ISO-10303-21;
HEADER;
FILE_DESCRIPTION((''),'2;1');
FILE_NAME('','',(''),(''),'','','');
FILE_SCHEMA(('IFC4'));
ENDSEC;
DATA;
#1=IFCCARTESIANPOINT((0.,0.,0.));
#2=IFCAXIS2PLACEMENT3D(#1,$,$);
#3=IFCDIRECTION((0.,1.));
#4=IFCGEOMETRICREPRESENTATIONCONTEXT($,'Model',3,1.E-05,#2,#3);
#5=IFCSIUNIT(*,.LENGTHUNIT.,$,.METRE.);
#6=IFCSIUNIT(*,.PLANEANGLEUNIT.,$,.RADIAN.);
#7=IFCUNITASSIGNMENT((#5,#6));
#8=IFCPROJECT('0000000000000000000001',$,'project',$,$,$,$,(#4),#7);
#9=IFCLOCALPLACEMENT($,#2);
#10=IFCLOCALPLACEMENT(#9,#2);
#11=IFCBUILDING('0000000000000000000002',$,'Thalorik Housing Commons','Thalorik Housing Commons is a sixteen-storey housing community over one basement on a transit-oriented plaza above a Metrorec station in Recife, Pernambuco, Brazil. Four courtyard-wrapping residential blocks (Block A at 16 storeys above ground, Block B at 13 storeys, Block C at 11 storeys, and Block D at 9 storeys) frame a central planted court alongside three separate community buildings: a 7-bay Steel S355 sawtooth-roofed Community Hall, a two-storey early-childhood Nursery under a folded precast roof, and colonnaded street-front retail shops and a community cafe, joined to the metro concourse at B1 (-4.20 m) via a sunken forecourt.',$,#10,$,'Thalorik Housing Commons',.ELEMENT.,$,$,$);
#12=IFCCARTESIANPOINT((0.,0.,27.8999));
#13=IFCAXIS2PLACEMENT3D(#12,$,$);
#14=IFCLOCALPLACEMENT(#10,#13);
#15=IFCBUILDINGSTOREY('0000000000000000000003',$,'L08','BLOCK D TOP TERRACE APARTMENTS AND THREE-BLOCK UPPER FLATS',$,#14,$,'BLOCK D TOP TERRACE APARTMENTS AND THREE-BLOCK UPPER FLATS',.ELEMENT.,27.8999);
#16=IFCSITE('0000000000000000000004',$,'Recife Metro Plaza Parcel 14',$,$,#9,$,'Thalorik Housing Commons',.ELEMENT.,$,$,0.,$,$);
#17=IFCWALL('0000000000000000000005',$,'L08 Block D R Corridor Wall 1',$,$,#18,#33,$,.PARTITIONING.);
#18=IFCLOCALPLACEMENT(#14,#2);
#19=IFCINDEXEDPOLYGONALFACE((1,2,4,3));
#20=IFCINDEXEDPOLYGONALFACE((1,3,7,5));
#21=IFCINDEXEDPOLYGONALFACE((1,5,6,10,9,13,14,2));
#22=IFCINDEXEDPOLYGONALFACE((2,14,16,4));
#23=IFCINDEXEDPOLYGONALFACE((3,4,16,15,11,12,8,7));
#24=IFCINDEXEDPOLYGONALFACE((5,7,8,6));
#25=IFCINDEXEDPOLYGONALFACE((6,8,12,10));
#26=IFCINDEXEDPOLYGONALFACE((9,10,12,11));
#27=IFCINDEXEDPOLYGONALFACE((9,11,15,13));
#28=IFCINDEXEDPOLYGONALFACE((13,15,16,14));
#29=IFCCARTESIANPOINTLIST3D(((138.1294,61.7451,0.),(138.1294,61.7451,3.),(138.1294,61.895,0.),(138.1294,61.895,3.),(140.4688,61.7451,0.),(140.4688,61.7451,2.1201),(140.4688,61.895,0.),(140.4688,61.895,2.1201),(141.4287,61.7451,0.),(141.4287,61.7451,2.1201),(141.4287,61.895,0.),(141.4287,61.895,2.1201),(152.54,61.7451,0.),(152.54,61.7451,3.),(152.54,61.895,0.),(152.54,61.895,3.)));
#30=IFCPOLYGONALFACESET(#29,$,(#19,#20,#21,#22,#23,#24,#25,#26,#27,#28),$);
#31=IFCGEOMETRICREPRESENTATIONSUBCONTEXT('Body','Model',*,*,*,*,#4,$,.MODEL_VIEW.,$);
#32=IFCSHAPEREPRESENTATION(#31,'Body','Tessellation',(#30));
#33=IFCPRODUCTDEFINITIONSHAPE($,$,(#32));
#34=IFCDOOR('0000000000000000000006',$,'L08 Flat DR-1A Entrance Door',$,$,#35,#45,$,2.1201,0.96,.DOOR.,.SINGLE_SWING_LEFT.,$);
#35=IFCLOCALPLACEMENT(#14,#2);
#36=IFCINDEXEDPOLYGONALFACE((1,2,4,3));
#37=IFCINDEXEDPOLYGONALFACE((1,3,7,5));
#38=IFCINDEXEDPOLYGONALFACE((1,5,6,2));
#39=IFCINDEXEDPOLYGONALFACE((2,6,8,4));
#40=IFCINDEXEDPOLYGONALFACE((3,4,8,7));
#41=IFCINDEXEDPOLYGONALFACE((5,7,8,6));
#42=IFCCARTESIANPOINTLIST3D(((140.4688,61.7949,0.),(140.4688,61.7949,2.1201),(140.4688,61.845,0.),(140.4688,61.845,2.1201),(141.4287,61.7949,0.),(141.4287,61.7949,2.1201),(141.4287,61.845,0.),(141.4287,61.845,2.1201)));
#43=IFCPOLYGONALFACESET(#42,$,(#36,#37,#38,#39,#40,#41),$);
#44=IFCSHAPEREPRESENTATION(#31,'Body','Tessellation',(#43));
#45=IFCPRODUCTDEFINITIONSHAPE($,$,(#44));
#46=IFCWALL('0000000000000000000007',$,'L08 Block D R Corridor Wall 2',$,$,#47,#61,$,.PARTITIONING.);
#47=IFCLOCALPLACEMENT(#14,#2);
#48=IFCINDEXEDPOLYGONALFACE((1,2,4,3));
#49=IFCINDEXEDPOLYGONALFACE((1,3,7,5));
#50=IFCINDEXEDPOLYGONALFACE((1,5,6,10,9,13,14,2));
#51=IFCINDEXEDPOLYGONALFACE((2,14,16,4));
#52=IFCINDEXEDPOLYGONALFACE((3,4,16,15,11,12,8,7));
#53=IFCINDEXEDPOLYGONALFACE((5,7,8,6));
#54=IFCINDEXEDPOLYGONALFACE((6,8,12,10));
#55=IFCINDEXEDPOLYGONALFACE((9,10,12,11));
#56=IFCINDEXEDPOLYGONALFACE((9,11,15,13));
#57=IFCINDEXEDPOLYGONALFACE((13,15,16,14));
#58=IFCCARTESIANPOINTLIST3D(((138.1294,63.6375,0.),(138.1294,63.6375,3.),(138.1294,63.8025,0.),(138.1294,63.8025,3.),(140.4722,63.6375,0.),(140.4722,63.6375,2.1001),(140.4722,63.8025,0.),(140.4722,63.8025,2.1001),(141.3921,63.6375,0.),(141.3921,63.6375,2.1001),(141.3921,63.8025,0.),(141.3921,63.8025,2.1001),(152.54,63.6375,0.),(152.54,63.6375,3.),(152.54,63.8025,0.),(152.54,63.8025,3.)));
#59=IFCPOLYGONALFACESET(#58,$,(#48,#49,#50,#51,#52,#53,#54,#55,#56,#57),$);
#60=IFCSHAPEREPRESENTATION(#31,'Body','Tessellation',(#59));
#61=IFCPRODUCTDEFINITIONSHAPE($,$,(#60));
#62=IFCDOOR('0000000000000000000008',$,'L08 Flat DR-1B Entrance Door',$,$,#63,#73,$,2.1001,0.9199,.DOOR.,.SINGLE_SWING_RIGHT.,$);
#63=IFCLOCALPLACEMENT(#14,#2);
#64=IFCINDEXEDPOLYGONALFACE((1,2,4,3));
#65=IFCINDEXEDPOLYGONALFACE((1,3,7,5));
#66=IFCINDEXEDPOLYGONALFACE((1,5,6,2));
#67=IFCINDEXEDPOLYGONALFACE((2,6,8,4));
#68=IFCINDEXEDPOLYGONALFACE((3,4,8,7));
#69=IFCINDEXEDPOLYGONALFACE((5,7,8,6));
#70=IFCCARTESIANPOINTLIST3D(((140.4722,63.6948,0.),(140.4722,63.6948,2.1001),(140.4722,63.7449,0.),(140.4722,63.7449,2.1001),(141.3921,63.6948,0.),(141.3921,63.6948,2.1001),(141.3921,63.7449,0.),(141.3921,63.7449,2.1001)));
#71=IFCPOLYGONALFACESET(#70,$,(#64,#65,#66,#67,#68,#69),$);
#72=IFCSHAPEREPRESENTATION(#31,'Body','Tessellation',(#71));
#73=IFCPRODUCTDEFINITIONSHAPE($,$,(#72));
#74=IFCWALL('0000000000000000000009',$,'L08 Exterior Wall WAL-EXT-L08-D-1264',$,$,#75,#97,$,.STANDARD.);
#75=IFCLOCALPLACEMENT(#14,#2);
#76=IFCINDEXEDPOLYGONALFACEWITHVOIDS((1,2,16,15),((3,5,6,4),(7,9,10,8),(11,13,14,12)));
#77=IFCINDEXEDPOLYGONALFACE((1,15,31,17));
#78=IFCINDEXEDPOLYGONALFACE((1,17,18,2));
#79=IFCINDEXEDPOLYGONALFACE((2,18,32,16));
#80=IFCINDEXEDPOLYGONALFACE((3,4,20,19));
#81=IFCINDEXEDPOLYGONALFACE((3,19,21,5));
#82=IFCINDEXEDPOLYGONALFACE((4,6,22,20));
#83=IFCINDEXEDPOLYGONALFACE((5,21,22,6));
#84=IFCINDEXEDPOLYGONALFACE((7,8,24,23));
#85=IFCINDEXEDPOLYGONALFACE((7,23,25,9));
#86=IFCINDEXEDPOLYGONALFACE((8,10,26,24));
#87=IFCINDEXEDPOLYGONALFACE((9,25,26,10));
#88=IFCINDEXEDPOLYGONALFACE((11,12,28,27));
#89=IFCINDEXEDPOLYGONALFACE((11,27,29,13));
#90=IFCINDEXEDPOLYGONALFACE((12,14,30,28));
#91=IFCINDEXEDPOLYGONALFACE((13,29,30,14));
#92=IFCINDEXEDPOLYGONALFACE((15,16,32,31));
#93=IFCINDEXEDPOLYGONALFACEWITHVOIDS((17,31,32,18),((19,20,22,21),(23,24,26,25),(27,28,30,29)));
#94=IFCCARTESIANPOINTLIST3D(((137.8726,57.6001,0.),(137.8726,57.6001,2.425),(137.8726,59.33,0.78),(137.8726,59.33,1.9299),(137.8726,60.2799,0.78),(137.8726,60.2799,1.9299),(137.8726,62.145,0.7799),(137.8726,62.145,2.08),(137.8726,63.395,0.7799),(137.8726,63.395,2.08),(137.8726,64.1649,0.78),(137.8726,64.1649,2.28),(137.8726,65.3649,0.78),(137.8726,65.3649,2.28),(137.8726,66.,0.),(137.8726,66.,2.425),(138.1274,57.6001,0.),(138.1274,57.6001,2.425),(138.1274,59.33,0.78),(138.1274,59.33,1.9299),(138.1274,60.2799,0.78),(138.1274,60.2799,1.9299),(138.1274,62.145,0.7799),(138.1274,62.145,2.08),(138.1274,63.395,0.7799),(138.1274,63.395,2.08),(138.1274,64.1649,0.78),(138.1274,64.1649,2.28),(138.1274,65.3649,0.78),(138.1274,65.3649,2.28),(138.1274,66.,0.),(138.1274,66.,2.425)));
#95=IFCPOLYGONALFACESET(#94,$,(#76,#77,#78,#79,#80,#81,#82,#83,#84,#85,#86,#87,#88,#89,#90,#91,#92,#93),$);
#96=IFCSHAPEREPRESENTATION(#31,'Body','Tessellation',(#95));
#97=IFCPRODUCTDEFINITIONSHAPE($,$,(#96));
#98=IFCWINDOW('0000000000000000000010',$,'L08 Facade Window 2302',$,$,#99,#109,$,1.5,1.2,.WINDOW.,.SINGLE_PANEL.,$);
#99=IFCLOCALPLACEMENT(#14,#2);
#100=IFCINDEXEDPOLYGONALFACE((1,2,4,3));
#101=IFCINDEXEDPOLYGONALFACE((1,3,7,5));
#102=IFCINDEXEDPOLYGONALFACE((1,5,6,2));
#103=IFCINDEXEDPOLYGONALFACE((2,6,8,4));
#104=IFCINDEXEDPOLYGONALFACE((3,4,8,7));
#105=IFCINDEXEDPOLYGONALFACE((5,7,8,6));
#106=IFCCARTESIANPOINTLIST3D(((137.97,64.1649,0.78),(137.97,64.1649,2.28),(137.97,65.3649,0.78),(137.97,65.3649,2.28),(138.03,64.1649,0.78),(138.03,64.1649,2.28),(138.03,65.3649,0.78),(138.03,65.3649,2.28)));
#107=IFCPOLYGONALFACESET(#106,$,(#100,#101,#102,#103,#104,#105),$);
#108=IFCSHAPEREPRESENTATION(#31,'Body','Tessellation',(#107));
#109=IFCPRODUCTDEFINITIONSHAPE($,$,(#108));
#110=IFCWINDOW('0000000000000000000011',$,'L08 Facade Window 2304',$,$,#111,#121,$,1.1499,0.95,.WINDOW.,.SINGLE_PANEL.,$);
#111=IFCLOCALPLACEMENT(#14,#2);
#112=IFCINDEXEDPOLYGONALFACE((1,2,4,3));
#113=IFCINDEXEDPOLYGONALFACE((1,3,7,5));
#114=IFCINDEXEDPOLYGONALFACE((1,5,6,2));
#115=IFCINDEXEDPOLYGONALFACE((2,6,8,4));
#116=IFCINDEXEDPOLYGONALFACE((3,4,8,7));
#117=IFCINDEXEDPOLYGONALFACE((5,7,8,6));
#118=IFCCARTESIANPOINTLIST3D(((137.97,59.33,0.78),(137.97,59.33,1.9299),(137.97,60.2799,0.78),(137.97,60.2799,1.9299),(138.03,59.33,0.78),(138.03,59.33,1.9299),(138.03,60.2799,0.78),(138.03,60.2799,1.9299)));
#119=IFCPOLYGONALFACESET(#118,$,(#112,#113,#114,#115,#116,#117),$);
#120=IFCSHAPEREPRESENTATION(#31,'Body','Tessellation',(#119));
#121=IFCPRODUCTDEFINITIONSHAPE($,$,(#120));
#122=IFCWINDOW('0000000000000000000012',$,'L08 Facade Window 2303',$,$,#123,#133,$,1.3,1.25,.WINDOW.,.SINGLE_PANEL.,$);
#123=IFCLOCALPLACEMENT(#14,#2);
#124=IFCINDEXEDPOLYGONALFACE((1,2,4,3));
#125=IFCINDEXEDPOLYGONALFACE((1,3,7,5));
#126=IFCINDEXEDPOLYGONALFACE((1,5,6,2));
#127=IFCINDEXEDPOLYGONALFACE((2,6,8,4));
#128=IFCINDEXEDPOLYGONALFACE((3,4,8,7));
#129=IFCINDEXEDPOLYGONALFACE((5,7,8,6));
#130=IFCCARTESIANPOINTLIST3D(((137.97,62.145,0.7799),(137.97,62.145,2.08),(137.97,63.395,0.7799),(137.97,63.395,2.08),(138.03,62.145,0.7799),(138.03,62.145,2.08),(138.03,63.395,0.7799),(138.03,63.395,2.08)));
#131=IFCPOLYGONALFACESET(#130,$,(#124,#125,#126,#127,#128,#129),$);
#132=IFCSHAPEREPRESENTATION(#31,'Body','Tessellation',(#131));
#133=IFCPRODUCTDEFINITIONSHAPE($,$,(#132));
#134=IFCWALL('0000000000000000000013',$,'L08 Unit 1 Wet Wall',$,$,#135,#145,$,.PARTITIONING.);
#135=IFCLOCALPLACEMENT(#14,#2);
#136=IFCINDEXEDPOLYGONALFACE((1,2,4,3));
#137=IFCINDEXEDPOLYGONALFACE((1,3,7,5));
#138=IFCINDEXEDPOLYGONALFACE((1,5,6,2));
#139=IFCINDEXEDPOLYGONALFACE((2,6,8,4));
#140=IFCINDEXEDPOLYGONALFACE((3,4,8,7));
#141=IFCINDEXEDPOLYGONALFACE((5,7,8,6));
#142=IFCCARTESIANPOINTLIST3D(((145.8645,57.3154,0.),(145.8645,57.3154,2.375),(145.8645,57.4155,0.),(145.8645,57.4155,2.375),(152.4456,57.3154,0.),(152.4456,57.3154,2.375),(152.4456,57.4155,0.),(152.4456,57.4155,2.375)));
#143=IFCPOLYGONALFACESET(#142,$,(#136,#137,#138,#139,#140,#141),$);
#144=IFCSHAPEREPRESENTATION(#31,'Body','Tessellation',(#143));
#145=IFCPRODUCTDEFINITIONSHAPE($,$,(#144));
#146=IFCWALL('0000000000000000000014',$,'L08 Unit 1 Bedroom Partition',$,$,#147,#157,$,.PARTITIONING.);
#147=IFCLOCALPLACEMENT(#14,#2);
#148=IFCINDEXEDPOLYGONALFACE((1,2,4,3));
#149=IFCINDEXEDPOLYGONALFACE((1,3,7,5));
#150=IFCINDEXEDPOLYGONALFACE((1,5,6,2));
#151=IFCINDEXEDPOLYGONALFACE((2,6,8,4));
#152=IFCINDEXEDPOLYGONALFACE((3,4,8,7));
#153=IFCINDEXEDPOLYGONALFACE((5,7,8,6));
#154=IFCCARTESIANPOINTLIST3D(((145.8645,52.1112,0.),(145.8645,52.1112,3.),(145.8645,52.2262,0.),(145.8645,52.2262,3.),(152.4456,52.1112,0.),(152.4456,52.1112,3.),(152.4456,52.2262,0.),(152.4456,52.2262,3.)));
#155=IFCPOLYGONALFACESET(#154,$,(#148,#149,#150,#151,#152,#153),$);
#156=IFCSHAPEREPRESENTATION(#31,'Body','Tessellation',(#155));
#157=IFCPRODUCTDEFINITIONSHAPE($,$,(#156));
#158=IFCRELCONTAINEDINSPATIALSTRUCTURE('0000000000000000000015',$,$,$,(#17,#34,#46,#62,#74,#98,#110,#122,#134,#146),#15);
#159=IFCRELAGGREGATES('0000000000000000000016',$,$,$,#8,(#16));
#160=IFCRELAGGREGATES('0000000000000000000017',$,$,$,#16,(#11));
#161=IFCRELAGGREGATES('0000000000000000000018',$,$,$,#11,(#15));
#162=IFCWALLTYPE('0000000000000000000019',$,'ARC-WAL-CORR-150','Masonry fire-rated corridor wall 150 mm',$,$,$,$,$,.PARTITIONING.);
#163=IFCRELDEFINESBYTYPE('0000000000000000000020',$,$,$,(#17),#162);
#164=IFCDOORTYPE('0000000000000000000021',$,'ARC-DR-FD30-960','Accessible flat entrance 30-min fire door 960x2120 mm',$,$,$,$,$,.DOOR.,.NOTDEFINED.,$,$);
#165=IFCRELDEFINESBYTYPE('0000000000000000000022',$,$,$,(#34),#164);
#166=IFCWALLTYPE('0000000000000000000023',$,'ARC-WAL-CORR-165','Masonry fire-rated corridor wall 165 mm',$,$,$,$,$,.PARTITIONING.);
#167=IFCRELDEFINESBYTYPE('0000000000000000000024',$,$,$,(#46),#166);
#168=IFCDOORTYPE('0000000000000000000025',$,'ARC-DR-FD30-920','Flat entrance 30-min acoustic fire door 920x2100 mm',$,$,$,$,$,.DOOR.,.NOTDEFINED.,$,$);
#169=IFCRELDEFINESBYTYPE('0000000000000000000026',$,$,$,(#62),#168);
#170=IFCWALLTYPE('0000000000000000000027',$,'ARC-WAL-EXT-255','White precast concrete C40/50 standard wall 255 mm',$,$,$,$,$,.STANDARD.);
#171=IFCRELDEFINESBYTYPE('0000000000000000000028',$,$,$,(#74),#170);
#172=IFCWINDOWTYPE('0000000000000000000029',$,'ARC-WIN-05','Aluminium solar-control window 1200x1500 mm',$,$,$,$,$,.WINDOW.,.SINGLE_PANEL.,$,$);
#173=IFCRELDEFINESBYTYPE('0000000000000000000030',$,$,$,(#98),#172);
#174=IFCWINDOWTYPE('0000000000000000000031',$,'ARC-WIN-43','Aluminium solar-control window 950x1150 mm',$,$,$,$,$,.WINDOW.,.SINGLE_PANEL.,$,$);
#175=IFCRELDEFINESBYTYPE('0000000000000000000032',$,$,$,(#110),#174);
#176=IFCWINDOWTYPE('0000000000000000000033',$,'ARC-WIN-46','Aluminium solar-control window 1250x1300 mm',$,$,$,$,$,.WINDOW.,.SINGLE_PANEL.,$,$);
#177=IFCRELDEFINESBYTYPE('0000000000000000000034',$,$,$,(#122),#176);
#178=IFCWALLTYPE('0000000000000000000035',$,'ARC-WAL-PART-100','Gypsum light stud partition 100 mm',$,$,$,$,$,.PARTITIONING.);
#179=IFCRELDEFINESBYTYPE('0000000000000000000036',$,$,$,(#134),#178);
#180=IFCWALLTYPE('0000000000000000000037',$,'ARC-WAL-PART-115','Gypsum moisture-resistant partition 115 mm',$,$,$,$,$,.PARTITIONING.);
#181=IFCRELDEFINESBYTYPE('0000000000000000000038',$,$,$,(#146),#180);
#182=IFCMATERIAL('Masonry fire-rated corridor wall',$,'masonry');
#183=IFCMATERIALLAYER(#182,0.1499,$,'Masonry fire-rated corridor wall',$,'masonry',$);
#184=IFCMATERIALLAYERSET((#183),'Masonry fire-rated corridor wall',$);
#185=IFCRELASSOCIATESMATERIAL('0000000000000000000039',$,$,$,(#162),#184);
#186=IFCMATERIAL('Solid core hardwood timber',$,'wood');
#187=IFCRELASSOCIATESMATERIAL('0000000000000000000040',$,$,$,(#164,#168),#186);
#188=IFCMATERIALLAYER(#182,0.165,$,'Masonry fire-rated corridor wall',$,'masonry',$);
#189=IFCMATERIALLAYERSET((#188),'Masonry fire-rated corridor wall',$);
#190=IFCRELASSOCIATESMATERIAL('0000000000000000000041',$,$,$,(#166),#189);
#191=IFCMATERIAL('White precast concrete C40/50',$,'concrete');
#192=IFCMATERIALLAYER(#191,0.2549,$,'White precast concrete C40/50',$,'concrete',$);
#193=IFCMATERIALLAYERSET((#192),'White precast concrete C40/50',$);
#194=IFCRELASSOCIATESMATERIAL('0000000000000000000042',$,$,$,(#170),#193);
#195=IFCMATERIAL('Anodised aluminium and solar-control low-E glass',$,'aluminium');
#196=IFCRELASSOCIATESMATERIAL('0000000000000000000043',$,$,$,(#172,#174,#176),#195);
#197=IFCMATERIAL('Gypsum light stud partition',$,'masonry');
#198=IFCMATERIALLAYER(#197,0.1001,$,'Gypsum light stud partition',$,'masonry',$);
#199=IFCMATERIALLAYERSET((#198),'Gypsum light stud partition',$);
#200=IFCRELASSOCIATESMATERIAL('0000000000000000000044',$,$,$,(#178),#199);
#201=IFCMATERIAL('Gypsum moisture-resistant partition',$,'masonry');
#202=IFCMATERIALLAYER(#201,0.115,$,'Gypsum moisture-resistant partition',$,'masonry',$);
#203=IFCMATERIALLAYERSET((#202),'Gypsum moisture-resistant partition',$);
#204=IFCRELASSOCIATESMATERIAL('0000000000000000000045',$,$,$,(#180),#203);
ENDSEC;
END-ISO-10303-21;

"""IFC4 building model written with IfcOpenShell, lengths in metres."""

from ifc_helpers import new_model, si_unit, direction, frame, frame_2d, origin, place, context, subcontext, project, spatial, rectangle, extrude, material, layer, layer_set, type_object, element, fill, save


model = new_model("IFC4")

# Units and contexts
model_context = context("Model", 3, precision=1e-05, world=origin(), true_north=direction((0.0, 1.0)))
body_context = subcontext(model_context, "Body", "Model", "MODEL_VIEW")
ifc_project = project(units=[si_unit("LENGTHUNIT", "METRE"), si_unit("PLANEANGLEUNIT", "RADIAN")], contexts=[model_context])

# Site, building, storey
site_placement = place(None, origin())
site = spatial("IfcSite", under=ifc_project, at=site_placement, Name="Recife Metro Plaza Parcel 14", LongName="Thalorik Housing Commons", CompositionType="ELEMENT", RefElevation=0.0)
building_placement = place(site_placement, origin())
building = spatial("IfcBuilding", under=site, at=building_placement, Name="Thalorik Housing Commons", Description="Thalorik Housing Commons is a sixteen-storey housing community over one basement on a transit-oriented plaza above a Metrorec station in Recife, Pernambuco, Brazil. Four courtyard-wrapping residential blocks (Block A at 16 storeys above ground, Block B at 13 storeys, Block C at 11 storeys, and Block D at 9 storeys) frame a central planted court alongside three separate community buildings: a 7-bay Steel S355 sawtooth-roofed Community Hall, a two-storey early-childhood Nursery under a folded precast roof, and colonnaded street-front retail shops and a community cafe, joined to the metro concourse at B1 (-4.20 m) via a sunken forecourt.", LongName="Thalorik Housing Commons", CompositionType="ELEMENT")
storey_placement = place(building_placement, frame((0.0, 0.0, 27.8999)))
storey = spatial("IfcBuildingStorey", under=building, at=storey_placement, Name="L08", Description="BLOCK D TOP TERRACE APARTMENTS AND THREE-BLOCK UPPER FLATS", LongName="BLOCK D TOP TERRACE APARTMENTS AND THREE-BLOCK UPPER FLATS", CompositionType="ELEMENT", Elevation=27.8999)

# Walls, openings, doors
ifc_material_1 = material(Name="Masonry fire-rated corridor wall", Category="masonry")
ifc_layer_1 = layer(ifc_material_1, 0.1499, Name="Masonry fire-rated corridor wall", Category="masonry")
ifc_layer_set_1 = layer_set([ifc_layer_1], Name="Masonry fire-rated corridor wall")
wall_type_1 = type_object("IfcWallType", Name="ARC-WAL-CORR-150", Description="Masonry fire-rated corridor wall 150 mm", PredefinedType="PARTITIONING", material=ifc_layer_set_1)
wall_1_placement = place(storey_placement, frame((138.1294, 61.8201, 0.0), z_axis=(0.0, 0.0, 1.0), x_axis=(1.0, 0.0, 0.0)))
wall_1 = element("IfcWall", 1, at=wall_1_placement, inside=storey, type_object=wall_type_1, Name="L08 Block D R Corridor Wall 1", PredefinedType="PARTITIONING", context=body_context, shape_type="SweptSolid", body=[
    extrude(rectangle(XDim=14.4106, YDim=0.1499, at=frame_2d((7.2053, 0.0))), origin(), (0.0, 0.0, 1.0), 3.0),
])
opening_1_placement = place(wall_1_placement, frame((2.3394, 0.0, 0.0)))
opening_1 = element("IfcOpeningElement", 2, at=opening_1_placement, cuts=wall_1, PredefinedType="OPENING", context=body_context, shape_type="SweptSolid", body=[
    extrude(rectangle(XDim=0.96, YDim=2.1201, at=frame_2d((0.48, 1.0601))), frame((0.0, 0.085, 0.0), z_axis=(0.0, -1.0, 0.0), x_axis=(1.0, 0.0, 0.0)), (0.0, 0.0, 1.0), 0.1699),
])
ifc_material_2 = material(Name="Solid core hardwood timber", Category="wood")
door_type_1 = type_object("IfcDoorType", Name="ARC-DR-FD30-960", Description="Accessible flat entrance 30-min fire door 960x2120 mm", OperationType="NOTDEFINED", PredefinedType="DOOR", material=ifc_material_2)
door_1_placement = place(opening_1_placement, origin())
door_1 = element("IfcDoor", 3, at=door_1_placement, inside=storey, type_object=door_type_1, Name="L08 Flat DR-1A Entrance Door", OperationType="SINGLE_SWING_LEFT", OverallHeight=2.1201, OverallWidth=0.96, PredefinedType="DOOR", context=body_context, shape_type="SweptSolid", body=[
    extrude(rectangle(XDim=0.96, YDim=2.1201, at=frame_2d((0.48, 1.0601))), frame((0.0, 0.0249, 0.0), z_axis=(0.0, -1.0, 0.0), x_axis=(1.0, 0.0, 0.0)), (0.0, 0.0, 1.0), 0.05),
])
fill(opening_1, door_1)
ifc_layer_2 = layer(ifc_material_1, 0.165, Name="Masonry fire-rated corridor wall", Category="masonry")
ifc_layer_set_2 = layer_set([ifc_layer_2], Name="Masonry fire-rated corridor wall")
wall_type_2 = type_object("IfcWallType", Name="ARC-WAL-CORR-165", Description="Masonry fire-rated corridor wall 165 mm", PredefinedType="PARTITIONING", material=ifc_layer_set_2)
wall_2_placement = place(storey_placement, frame((138.1294, 63.72, 0.0), z_axis=(0.0, 0.0, 1.0), x_axis=(1.0, 0.0, 0.0)))
wall_2 = element("IfcWall", 4, at=wall_2_placement, inside=storey, type_object=wall_type_2, Name="L08 Block D R Corridor Wall 2", PredefinedType="PARTITIONING", context=body_context, shape_type="SweptSolid", body=[
    extrude(rectangle(XDim=14.4106, YDim=0.165, at=frame_2d((7.2053, 0.0))), origin(), (0.0, 0.0, 1.0), 3.0),
])
opening_2_placement = place(wall_2_placement, frame((2.3428, 0.0, 0.0)))
opening_2 = element("IfcOpeningElement", 5, at=opening_2_placement, cuts=wall_2, PredefinedType="OPENING", context=body_context, shape_type="SweptSolid", body=[
    extrude(rectangle(XDim=0.9199, YDim=2.1001, at=frame_2d((0.46, 1.05))), frame((0.0, 0.0925, 0.0), z_axis=(0.0, -1.0, 0.0), x_axis=(1.0, 0.0, 0.0)), (0.0, 0.0, 1.0), 0.1851),
])
door_type_2 = type_object("IfcDoorType", Name="ARC-DR-FD30-920", Description="Flat entrance 30-min acoustic fire door 920x2100 mm", OperationType="NOTDEFINED", PredefinedType="DOOR", material=ifc_material_2)
door_2_placement = place(opening_2_placement, origin())
door_2 = element("IfcDoor", 6, at=door_2_placement, inside=storey, type_object=door_type_2, Name="L08 Flat DR-1B Entrance Door", OperationType="SINGLE_SWING_RIGHT", OverallHeight=2.1001, OverallWidth=0.9199, PredefinedType="DOOR", context=body_context, shape_type="SweptSolid", body=[
    extrude(rectangle(XDim=0.9199, YDim=2.1001, at=frame_2d((0.46, 1.05))), frame((0.0, 0.0249, 0.0), z_axis=(0.0, -1.0, 0.0), x_axis=(1.0, 0.0, 0.0)), (0.0, 0.0, 1.0), 0.05),
])
fill(opening_2, door_2)

# Wall, openings, windows
ifc_material_3 = material(Name="White precast concrete C40/50", Category="concrete")
ifc_layer_3 = layer(ifc_material_3, 0.2549, Name="White precast concrete C40/50", Category="concrete")
ifc_layer_set_3 = layer_set([ifc_layer_3], Name="White precast concrete C40/50")
wall_type_3 = type_object("IfcWallType", Name="ARC-WAL-EXT-255", Description="White precast concrete C40/50 standard wall 255 mm", PredefinedType="STANDARD", material=ifc_layer_set_3)
wall_3_placement = place(storey_placement, frame((138.0, 66.0, 0.0), z_axis=(0.0, 0.0, 1.0), x_axis=(0.0, -1.0, 0.0)))
wall_3 = element("IfcWall", 7, at=wall_3_placement, inside=storey, type_object=wall_type_3, Name="L08 Exterior Wall WAL-EXT-L08-D-1264", PredefinedType="STANDARD", context=body_context, shape_type="SweptSolid", body=[
    extrude(rectangle(XDim=8.3999, YDim=0.2549, at=frame_2d((4.2, 0.0))), origin(), (0.0, 0.0, 1.0), 2.425),
])
opening_3_placement = place(wall_3_placement, frame((0.635, 0.0, 0.78)))
opening_3 = element("IfcOpeningElement", 8, at=opening_3_placement, cuts=wall_3, PredefinedType="OPENING", context=body_context, shape_type="SweptSolid", body=[
    extrude(rectangle(XDim=1.2, YDim=1.5, at=frame_2d((0.6001, 0.75))), frame((0.0, 0.1375, 0.0), z_axis=(0.0, -1.0, 0.0), x_axis=(1.0, 0.0, 0.0)), (0.0, 0.0, 1.0), 0.2749),
])
opening_4_placement = place(wall_3_placement, frame((2.605, 0.0, 0.78)))
opening_4 = element("IfcOpeningElement", 9, at=opening_4_placement, cuts=wall_3, PredefinedType="OPENING", context=body_context, shape_type="SweptSolid", body=[
    extrude(rectangle(XDim=1.25, YDim=1.3, at=frame_2d((0.625, 0.6499))), frame((0.0, 0.1375, 0.0), z_axis=(0.0, -1.0, 0.0), x_axis=(1.0, 0.0, 0.0)), (0.0, 0.0, 1.0), 0.2749),
])
opening_5_placement = place(wall_3_placement, frame((5.72, 0.0, 0.78)))
opening_5 = element("IfcOpeningElement", 10, at=opening_5_placement, cuts=wall_3, PredefinedType="OPENING", context=body_context, shape_type="SweptSolid", body=[
    extrude(rectangle(XDim=0.95, YDim=1.1499, at=frame_2d((0.4751, 0.575))), frame((0.0, 0.1375, 0.0), z_axis=(0.0, -1.0, 0.0), x_axis=(1.0, 0.0, 0.0)), (0.0, 0.0, 1.0), 0.2749),
])
ifc_material_4 = material(Name="Anodised aluminium and solar-control low-E glass", Category="aluminium")
window_type_1 = type_object("IfcWindowType", Name="ARC-WIN-05", Description="Aluminium solar-control window 1200x1500 mm", PartitioningType="SINGLE_PANEL", PredefinedType="WINDOW", material=ifc_material_4)
window_1_placement = place(opening_3_placement, origin())
window_1 = element("IfcWindow", 11, at=window_1_placement, inside=storey, type_object=window_type_1, Name="L08 Facade Window 2302", OverallHeight=1.5, OverallWidth=1.2, PartitioningType="SINGLE_PANEL", PredefinedType="WINDOW", context=body_context, shape_type="SweptSolid", body=[
    extrude(rectangle(XDim=1.2, YDim=1.5, at=frame_2d((0.6001, 0.75))), frame((0.0, 0.03, 0.0), z_axis=(0.0, -1.0, 0.0), x_axis=(1.0, 0.0, 0.0)), (0.0, 0.0, 1.0), 0.0601),
])
fill(opening_3, window_1)
window_type_2 = type_object("IfcWindowType", Name="ARC-WIN-43", Description="Aluminium solar-control window 950x1150 mm", PartitioningType="SINGLE_PANEL", PredefinedType="WINDOW", material=ifc_material_4)
window_2_placement = place(opening_5_placement, origin())
window_2 = element("IfcWindow", 12, at=window_2_placement, inside=storey, type_object=window_type_2, Name="L08 Facade Window 2304", OverallHeight=1.1499, OverallWidth=0.95, PartitioningType="SINGLE_PANEL", PredefinedType="WINDOW", context=body_context, shape_type="SweptSolid", body=[
    extrude(rectangle(XDim=0.95, YDim=1.1499, at=frame_2d((0.4751, 0.575))), frame((0.0, 0.03, 0.0), z_axis=(0.0, -1.0, 0.0), x_axis=(1.0, 0.0, 0.0)), (0.0, 0.0, 1.0), 0.0601),
])
fill(opening_5, window_2)
window_type_3 = type_object("IfcWindowType", Name="ARC-WIN-46", Description="Aluminium solar-control window 1250x1300 mm", PartitioningType="SINGLE_PANEL", PredefinedType="WINDOW", material=ifc_material_4)
window_3_placement = place(opening_4_placement, origin())
window_3 = element("IfcWindow", 13, at=window_3_placement, inside=storey, type_object=window_type_3, Name="L08 Facade Window 2303", OverallHeight=1.3, OverallWidth=1.25, PartitioningType="SINGLE_PANEL", PredefinedType="WINDOW", context=body_context, shape_type="SweptSolid", body=[
    extrude(rectangle(XDim=1.25, YDim=1.3, at=frame_2d((0.625, 0.6499))), frame((0.0, 0.03, 0.0), z_axis=(0.0, -1.0, 0.0), x_axis=(1.0, 0.0, 0.0)), (0.0, 0.0, 1.0), 0.0601),
])
fill(opening_4, window_3)

# Walls
ifc_material_5 = material(Name="Gypsum light stud partition", Category="masonry")
ifc_layer_4 = layer(ifc_material_5, 0.1001, Name="Gypsum light stud partition", Category="masonry")
ifc_layer_set_4 = layer_set([ifc_layer_4], Name="Gypsum light stud partition")
wall_type_4 = type_object("IfcWallType", Name="ARC-WAL-PART-100", Description="Gypsum light stud partition 100 mm", PredefinedType="PARTITIONING", material=ifc_layer_set_4)
wall_4_placement = place(storey_placement, frame((145.8645, 57.3655, 0.0), z_axis=(0.0, 0.0, 1.0), x_axis=(1.0, 0.0, 0.0)))
element("IfcWall", 14, at=wall_4_placement, inside=storey, type_object=wall_type_4, Name="L08 Unit 1 Wet Wall", PredefinedType="PARTITIONING", context=body_context, shape_type="SweptSolid", body=[
    extrude(rectangle(XDim=6.5811, YDim=0.1001, at=frame_2d((3.2905, 0.0))), origin(), (0.0, 0.0, 1.0), 2.375),
])
ifc_material_6 = material(Name="Gypsum moisture-resistant partition", Category="masonry")
ifc_layer_5 = layer(ifc_material_6, 0.115, Name="Gypsum moisture-resistant partition", Category="masonry")
ifc_layer_set_5 = layer_set([ifc_layer_5], Name="Gypsum moisture-resistant partition")
wall_type_5 = type_object("IfcWallType", Name="ARC-WAL-PART-115", Description="Gypsum moisture-resistant partition 115 mm", PredefinedType="PARTITIONING", material=ifc_layer_set_5)
wall_5_placement = place(storey_placement, frame((145.8645, 52.1687, 0.0), z_axis=(0.0, 0.0, 1.0), x_axis=(1.0, 0.0, 0.0)))
element("IfcWall", 15, at=wall_5_placement, inside=storey, type_object=wall_type_5, Name="L08 Unit 1 Bedroom Partition", PredefinedType="PARTITIONING", context=body_context, shape_type="SweptSolid", body=[
    extrude(rectangle(XDim=6.5811, YDim=0.115, at=frame_2d((3.2905, 0.0))), origin(), (0.0, 0.0, 1.0), 3.0),
])

save(model, "model.ifc")
